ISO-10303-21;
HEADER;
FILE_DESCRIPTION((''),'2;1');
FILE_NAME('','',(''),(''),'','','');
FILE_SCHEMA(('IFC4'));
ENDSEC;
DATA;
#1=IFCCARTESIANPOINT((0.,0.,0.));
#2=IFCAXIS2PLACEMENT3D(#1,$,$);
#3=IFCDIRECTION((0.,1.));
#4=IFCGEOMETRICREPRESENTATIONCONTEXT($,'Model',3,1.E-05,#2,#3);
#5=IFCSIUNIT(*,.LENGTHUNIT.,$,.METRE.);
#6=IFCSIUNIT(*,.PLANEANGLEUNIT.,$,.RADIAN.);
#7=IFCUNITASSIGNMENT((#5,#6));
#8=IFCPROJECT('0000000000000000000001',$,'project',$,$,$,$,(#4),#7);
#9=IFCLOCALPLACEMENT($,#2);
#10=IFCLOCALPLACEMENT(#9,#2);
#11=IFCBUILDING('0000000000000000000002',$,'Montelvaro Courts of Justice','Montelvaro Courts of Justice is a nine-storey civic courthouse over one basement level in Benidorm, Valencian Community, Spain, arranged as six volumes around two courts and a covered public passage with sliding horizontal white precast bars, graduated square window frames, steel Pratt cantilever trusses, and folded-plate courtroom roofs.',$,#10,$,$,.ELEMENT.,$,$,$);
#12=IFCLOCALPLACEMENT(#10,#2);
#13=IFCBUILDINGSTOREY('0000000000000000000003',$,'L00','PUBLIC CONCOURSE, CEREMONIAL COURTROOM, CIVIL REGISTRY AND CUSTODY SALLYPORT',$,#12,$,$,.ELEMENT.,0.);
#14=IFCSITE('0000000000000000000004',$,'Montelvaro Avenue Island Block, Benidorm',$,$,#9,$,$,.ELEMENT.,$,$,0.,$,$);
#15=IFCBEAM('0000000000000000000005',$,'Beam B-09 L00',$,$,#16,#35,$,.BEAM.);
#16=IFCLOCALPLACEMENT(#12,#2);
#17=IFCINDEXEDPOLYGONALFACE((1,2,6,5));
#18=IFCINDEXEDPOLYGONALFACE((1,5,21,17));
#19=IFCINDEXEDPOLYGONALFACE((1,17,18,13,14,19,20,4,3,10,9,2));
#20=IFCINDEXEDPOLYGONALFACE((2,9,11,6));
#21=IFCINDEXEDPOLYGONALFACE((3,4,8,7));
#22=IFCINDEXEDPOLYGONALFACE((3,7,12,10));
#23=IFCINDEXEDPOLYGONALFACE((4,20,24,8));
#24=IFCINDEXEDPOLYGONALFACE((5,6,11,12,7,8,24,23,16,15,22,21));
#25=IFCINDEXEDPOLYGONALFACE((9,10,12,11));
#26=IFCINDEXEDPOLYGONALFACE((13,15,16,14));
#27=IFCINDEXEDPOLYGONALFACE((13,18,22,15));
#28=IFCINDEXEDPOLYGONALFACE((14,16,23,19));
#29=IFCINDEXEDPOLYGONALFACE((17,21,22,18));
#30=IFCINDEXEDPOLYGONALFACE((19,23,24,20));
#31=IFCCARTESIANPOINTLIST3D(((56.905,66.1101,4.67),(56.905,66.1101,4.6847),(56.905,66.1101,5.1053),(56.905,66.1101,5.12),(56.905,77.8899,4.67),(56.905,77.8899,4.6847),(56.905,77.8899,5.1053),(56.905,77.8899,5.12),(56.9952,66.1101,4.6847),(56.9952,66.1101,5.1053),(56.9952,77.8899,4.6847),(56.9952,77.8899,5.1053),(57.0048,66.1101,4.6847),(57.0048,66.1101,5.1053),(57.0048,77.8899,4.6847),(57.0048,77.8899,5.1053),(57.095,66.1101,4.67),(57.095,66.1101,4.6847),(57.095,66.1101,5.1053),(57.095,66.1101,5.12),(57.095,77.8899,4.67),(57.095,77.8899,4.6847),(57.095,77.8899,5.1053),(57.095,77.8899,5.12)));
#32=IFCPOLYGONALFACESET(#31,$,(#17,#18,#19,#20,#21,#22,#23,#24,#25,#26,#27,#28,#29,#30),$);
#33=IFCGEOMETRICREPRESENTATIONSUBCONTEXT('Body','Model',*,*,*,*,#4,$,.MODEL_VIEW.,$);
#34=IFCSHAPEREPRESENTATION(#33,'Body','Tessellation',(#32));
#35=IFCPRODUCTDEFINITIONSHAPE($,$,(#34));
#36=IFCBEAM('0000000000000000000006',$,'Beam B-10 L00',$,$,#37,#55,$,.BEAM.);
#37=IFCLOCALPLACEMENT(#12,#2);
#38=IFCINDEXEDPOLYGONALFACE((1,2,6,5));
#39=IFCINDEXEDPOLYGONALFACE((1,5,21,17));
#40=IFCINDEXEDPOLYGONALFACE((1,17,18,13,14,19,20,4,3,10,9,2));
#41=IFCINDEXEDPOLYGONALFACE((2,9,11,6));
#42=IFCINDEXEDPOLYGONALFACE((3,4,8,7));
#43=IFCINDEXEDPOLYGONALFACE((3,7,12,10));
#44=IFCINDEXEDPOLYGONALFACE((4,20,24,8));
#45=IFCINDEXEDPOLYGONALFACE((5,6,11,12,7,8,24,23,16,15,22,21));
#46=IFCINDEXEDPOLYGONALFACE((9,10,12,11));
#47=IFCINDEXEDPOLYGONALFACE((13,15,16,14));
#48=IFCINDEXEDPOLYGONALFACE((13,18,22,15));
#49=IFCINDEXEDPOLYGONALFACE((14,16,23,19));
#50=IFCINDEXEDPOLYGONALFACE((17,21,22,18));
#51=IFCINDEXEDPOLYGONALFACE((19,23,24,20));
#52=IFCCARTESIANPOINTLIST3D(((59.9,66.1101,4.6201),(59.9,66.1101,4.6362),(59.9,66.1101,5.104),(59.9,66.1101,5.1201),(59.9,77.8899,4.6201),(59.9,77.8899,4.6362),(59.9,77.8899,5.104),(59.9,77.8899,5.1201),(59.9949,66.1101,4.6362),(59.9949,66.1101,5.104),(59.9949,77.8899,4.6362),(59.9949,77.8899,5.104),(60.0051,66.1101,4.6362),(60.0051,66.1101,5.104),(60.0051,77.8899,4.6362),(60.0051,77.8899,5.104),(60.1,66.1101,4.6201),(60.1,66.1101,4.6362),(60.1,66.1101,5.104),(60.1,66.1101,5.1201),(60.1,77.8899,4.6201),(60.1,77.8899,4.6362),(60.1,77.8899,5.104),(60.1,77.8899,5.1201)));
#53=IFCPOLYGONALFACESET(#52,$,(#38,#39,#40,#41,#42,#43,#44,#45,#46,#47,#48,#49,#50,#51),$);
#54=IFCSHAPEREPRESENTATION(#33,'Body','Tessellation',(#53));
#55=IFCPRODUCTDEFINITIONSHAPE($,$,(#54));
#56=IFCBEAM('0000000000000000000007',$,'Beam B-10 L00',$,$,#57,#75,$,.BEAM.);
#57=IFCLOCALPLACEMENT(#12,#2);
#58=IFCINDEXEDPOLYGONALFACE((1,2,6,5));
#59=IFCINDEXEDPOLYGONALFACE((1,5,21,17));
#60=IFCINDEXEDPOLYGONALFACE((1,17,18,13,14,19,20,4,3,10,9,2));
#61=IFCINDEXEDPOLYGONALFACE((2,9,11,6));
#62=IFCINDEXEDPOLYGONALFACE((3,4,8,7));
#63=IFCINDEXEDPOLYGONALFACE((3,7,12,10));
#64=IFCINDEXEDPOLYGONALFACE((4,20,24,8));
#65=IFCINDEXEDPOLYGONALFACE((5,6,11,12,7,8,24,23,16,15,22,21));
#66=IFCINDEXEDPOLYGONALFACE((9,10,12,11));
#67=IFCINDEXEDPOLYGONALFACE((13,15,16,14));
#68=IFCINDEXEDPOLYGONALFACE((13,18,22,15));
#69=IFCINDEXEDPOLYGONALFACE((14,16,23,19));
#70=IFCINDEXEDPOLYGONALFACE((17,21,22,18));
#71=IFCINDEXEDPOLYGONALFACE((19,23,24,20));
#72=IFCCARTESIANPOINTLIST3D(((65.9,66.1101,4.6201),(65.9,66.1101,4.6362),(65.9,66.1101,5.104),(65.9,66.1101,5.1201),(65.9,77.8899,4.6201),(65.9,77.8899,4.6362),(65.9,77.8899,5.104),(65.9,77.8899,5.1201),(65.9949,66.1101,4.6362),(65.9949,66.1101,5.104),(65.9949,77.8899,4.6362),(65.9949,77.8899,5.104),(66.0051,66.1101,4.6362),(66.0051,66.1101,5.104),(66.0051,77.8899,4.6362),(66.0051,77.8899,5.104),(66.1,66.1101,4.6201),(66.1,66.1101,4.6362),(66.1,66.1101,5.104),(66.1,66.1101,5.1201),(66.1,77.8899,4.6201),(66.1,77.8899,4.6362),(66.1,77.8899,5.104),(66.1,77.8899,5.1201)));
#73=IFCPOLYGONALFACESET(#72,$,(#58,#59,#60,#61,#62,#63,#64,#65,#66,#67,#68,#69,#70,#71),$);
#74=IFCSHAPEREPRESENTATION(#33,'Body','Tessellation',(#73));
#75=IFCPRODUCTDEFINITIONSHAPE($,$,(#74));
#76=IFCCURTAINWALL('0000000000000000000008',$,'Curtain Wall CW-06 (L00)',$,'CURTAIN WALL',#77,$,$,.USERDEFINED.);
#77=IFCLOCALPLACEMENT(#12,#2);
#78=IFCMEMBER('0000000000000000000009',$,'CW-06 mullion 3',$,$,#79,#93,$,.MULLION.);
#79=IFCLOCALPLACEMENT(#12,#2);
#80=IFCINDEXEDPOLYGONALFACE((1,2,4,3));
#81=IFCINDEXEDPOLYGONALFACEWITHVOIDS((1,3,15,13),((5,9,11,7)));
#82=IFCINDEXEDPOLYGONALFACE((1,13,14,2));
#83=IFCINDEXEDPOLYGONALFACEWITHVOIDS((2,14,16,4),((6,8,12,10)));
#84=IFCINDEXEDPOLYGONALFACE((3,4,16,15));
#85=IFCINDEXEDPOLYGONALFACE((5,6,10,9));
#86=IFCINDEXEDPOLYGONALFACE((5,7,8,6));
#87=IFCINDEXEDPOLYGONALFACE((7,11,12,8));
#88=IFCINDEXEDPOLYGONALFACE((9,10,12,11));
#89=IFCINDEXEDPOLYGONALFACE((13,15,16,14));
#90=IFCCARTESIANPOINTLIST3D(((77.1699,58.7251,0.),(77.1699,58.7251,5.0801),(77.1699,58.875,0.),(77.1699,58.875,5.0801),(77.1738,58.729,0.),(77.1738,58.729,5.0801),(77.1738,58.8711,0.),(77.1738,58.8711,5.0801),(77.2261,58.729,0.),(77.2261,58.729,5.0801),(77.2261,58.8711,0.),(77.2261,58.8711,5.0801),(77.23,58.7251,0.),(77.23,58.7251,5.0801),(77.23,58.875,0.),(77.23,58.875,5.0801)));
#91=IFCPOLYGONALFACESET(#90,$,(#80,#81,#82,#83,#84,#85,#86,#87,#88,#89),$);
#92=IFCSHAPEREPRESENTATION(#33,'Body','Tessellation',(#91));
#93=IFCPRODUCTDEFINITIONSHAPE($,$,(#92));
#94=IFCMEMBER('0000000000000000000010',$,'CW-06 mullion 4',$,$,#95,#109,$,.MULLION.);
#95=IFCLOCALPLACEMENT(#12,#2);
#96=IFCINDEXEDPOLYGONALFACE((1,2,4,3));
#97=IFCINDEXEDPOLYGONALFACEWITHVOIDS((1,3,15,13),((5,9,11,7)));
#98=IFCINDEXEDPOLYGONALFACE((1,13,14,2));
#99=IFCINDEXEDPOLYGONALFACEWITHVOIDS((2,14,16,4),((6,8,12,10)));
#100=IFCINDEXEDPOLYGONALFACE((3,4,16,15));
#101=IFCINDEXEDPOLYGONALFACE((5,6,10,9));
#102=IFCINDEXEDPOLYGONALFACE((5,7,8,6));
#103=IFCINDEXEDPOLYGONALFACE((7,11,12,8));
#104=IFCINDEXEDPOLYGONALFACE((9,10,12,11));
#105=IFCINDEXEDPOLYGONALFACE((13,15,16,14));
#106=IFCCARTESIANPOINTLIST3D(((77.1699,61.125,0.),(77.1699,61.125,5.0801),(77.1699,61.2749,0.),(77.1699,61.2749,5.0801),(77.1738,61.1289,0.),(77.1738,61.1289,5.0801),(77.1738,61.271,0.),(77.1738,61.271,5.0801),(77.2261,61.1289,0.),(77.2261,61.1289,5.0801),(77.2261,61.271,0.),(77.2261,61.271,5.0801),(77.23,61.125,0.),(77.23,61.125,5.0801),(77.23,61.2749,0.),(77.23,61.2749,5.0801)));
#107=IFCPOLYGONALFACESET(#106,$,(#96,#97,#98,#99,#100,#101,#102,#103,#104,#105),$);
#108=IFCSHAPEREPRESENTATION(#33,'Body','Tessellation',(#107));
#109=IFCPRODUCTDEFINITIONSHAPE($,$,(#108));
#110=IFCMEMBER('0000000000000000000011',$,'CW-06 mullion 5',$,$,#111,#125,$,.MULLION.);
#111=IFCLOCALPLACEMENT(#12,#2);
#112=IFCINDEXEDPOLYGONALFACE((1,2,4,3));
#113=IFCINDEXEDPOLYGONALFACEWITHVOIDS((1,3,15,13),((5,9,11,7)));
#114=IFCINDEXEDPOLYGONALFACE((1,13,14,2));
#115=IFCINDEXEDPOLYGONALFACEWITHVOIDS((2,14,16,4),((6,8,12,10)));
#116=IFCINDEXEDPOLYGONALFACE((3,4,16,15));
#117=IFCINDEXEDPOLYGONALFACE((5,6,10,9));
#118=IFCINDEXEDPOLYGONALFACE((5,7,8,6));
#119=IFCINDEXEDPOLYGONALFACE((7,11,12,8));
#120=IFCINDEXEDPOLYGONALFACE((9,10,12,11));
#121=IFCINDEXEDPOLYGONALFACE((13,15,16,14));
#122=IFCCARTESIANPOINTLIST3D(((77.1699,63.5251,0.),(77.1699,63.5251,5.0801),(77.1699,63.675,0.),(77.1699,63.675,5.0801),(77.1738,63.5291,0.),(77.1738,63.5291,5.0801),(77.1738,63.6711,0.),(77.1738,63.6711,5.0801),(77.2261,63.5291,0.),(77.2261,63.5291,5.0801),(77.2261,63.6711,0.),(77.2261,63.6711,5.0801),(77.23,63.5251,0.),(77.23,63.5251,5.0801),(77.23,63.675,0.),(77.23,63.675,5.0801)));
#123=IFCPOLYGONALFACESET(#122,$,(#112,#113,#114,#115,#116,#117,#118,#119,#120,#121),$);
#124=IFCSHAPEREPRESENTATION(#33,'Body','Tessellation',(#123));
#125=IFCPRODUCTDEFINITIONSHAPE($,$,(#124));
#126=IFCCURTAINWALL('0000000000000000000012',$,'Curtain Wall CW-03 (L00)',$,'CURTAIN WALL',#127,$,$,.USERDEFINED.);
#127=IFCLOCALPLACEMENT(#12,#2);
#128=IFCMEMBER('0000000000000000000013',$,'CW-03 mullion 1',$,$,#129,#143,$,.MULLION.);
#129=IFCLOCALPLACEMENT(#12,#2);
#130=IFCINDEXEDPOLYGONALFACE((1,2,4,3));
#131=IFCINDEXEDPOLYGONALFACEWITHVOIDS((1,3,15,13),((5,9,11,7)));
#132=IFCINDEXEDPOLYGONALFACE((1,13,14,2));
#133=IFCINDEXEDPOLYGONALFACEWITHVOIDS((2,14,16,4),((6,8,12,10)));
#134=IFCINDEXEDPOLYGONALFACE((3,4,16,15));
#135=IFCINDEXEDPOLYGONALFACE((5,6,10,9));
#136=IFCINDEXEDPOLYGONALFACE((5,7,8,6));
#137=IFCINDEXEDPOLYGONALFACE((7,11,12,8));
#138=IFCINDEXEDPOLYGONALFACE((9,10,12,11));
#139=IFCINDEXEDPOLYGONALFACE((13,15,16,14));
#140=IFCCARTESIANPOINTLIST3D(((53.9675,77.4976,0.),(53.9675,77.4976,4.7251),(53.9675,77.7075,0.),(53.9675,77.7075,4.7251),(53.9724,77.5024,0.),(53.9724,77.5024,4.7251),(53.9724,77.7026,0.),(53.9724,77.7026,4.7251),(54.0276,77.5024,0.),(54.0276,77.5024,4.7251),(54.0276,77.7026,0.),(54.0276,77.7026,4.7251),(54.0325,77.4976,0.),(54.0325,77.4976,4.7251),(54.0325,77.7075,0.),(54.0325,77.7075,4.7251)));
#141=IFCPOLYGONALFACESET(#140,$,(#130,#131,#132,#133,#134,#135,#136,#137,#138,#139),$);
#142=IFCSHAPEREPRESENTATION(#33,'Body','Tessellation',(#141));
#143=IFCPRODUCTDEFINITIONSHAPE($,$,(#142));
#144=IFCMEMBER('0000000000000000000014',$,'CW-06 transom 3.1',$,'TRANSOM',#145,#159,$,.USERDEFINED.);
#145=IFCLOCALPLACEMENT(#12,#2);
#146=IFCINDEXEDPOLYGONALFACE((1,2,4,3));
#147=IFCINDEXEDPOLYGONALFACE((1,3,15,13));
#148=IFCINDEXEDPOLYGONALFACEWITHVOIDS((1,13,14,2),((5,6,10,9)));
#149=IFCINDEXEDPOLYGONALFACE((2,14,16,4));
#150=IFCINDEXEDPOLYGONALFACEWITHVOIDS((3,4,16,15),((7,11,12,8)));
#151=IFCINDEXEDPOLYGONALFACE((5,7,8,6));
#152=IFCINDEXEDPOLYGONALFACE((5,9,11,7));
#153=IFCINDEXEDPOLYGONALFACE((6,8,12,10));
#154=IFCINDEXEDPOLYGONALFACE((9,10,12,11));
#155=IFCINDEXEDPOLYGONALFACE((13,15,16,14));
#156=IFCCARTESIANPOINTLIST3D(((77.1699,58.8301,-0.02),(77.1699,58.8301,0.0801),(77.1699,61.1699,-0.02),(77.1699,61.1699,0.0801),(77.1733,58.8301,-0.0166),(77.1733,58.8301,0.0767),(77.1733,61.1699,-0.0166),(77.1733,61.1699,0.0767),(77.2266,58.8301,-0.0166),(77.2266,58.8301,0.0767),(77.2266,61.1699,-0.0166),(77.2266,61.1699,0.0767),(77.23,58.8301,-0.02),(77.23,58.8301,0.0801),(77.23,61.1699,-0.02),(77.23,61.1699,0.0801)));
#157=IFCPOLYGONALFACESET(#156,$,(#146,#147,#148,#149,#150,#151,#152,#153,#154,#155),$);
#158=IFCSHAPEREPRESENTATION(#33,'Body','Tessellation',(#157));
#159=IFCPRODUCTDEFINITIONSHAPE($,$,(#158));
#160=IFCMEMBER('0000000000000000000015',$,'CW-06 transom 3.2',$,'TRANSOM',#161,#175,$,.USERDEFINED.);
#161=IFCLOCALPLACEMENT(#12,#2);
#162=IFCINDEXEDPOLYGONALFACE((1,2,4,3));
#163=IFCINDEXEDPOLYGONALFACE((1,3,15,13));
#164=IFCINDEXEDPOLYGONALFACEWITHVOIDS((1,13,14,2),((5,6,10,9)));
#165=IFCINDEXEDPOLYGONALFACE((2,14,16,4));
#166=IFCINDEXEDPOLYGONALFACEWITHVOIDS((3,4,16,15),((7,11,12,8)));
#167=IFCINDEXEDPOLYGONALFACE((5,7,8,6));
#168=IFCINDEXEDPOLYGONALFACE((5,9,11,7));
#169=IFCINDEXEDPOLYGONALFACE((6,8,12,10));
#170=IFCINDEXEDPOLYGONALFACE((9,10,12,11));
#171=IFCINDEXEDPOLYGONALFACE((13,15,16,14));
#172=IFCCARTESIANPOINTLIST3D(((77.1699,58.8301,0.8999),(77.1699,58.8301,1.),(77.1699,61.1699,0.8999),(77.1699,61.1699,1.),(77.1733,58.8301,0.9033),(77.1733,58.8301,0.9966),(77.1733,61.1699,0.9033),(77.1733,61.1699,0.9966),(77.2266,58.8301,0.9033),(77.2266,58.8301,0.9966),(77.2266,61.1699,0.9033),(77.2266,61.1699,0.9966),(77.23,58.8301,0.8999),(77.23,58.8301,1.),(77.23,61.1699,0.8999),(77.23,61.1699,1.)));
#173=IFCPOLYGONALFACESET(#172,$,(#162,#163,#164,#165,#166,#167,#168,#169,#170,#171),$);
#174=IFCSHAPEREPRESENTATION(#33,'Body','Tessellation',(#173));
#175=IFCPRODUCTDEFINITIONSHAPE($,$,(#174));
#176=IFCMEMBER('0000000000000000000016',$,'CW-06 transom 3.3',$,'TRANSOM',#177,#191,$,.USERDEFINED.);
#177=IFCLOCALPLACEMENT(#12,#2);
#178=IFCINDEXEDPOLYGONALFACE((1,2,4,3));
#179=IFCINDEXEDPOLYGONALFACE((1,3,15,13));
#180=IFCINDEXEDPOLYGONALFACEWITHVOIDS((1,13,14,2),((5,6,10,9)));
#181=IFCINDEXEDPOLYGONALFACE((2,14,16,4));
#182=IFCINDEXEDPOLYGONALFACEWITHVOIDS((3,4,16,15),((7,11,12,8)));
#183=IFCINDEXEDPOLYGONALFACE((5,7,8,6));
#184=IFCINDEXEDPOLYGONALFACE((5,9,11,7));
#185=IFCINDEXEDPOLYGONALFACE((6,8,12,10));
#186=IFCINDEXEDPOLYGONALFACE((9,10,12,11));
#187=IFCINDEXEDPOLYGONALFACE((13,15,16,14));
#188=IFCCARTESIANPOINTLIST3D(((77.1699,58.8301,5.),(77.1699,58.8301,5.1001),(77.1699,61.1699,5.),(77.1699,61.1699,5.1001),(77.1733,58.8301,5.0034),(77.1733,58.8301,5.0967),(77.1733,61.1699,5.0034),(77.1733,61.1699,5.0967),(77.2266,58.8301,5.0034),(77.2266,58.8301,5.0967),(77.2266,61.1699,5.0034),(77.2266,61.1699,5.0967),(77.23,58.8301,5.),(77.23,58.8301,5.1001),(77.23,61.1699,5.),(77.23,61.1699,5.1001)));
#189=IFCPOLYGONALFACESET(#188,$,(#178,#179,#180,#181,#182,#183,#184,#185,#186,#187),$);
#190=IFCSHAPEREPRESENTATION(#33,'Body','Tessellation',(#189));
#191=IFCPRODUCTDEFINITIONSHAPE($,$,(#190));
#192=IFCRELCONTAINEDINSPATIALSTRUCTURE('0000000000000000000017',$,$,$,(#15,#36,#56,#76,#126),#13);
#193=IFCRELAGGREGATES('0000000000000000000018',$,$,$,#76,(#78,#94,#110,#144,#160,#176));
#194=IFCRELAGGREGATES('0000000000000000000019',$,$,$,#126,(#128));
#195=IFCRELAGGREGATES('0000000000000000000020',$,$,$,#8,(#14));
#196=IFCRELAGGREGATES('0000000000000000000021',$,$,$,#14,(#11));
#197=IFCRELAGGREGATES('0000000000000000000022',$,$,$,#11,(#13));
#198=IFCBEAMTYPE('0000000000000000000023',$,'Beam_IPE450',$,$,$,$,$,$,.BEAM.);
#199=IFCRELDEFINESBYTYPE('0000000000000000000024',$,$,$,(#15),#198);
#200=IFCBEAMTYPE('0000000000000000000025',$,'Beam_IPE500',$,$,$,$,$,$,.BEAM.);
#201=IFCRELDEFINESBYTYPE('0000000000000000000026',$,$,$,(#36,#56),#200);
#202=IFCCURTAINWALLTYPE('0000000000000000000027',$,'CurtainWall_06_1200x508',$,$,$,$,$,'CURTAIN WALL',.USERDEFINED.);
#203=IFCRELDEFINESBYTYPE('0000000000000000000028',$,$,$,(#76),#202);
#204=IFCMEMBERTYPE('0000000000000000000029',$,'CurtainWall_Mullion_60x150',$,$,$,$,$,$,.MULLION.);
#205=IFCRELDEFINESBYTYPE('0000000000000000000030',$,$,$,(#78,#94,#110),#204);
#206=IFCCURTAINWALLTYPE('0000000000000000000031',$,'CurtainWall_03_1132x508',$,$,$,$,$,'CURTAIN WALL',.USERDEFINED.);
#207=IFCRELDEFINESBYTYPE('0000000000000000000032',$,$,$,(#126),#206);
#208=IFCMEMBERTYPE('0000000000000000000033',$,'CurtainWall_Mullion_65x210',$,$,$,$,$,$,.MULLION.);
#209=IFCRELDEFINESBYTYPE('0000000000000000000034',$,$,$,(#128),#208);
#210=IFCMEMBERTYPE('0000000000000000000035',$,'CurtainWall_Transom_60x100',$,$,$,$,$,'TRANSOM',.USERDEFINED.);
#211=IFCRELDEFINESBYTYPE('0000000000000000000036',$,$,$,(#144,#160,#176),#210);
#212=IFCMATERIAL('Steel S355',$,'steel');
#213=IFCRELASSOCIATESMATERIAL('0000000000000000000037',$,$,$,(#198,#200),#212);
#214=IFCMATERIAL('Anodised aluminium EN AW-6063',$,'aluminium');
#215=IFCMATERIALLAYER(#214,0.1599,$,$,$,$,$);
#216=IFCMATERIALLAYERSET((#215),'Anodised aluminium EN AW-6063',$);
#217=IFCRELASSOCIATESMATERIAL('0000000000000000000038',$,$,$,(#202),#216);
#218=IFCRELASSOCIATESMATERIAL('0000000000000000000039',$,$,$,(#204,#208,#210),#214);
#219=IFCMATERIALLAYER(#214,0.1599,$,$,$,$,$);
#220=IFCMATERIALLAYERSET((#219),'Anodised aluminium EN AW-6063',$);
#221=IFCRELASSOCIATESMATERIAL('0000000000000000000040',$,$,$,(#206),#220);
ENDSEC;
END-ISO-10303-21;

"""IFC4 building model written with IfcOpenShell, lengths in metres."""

from ifc_helpers import new_model, si_unit, direction, frame, origin, origin_2d, place, context, subcontext, project, spatial, hollow_rectangle, i_section, extrude, material, layer, layer_set, material_profile, profile_set, type_object, element, aggregate, save


model = new_model("IFC4")

# Units and contexts
model_context = context("Model", 3, precision=1e-05, world=origin(), true_north=direction((0.0, 1.0)))
body_context = subcontext(model_context, "Body", "Model", "MODEL_VIEW")
ifc_project = project(units=[si_unit("LENGTHUNIT", "METRE"), si_unit("PLANEANGLEUNIT", "RADIAN")], contexts=[model_context])

# Site, building, storey
site_placement = place(None, origin())
site = spatial("IfcSite", under=ifc_project, at=site_placement, Name="Montelvaro Avenue Island Block, Benidorm", CompositionType="ELEMENT", RefElevation=0.0)
building_placement = place(site_placement, origin())
building = spatial("IfcBuilding", under=site, at=building_placement, Name="Montelvaro Courts of Justice", Description="Montelvaro Courts of Justice is a nine-storey civic courthouse over one basement level in Benidorm, Valencian Community, Spain, arranged as six volumes around two courts and a covered public passage with sliding horizontal white precast bars, graduated square window frames, steel Pratt cantilever trusses, and folded-plate courtroom roofs.", CompositionType="ELEMENT")
storey_placement = place(building_placement, origin())
storey = spatial("IfcBuildingStorey", under=building, at=storey_placement, Name="L00", Description="PUBLIC CONCOURSE, CEREMONIAL COURTROOM, CIVIL REGISTRY AND CUSTODY SALLYPORT", CompositionType="ELEMENT", Elevation=0.0)

# Shared definitions
ifc_material_1 = material(Name="Steel S355", Category="steel")

# Beams
ifc_material_profile_1 = material_profile(ifc_material_1, i_section(OverallWidth=0.1899, OverallDepth=0.45, WebThickness=0.0095, FlangeThickness=0.0146, at=origin_2d()), Name="IPE 450")
ifc_profile_set_1 = profile_set([ifc_material_profile_1], Name="Steel S355")
beam_type_1 = type_object("IfcBeamType", Name="Beam_IPE450", PredefinedType="BEAM", material=ifc_profile_set_1)
beam_1_placement = place(storey_placement, frame((57.0, 66.1101, 4.895), z_axis=(0.0, 1.0, 0.0), x_axis=(-1.0, 0.0, 0.0)))
element("IfcBeam", 1, at=beam_1_placement, inside=storey, type_object=beam_type_1, Name="Beam B-09 L00", PredefinedType="BEAM", context=body_context, shape_type="SweptSolid", body=[
    extrude(i_section(OverallWidth=0.1899, OverallDepth=0.45, WebThickness=0.0095, FlangeThickness=0.0146, at=origin_2d()), origin(), (0.0, 0.0, 1.0), 11.7798),
])
ifc_material_profile_2 = material_profile(ifc_material_1, i_section(OverallWidth=0.2, OverallDepth=0.5, WebThickness=0.0103, FlangeThickness=0.0161, at=origin_2d()), Name="IPE 500")
ifc_profile_set_2 = profile_set([ifc_material_profile_2], Name="Steel S355")
beam_type_2 = type_object("IfcBeamType", Name="Beam_IPE500", PredefinedType="BEAM", material=ifc_profile_set_2)
for number, where, z_axis, x_axis, name in (
    (2, (60.0, 66.1101, 4.8701), (0.0, 1.0, 0.0), (-1.0, 0.0, 0.0), "Beam B-10 L00"),
    (3, (66.0, 66.1101, 4.8701), (0.0, 1.0, 0.0), (-1.0, 0.0, 0.0), "Beam B-10 L00"),
):
    element("IfcBeam", number, at=place(storey_placement, frame(where, z_axis=z_axis, x_axis=x_axis)), inside=storey, type_object=beam_type_2, Name=name, PredefinedType="BEAM", context=body_context, shape_type="SweptSolid", body=[
        extrude(i_section(OverallWidth=0.2, OverallDepth=0.5, WebThickness=0.0103, FlangeThickness=0.0161, at=origin_2d()), origin(), (0.0, 0.0, 1.0), 11.7798),
    ])

# Curtain wall, members
ifc_material_2 = material(Name="Anodised aluminium EN AW-6063", Category="aluminium")
ifc_layer_1 = layer(ifc_material_2, 0.1599)
ifc_layer_set_1 = layer_set([ifc_layer_1], Name="Anodised aluminium EN AW-6063")
curtain_wall_type_1 = type_object("IfcCurtainWallType", Name="CurtainWall_06_1200x508", ElementType="CURTAIN WALL", PredefinedType="USERDEFINED", material=ifc_layer_set_1)
curtain_wall_1_placement = place(storey_placement, origin())
curtain_wall_1 = element("IfcCurtainWall", 4, at=curtain_wall_1_placement, inside=storey, type_object=curtain_wall_type_1, Name="Curtain Wall CW-06 (L00)", ObjectType="CURTAIN WALL", PredefinedType="USERDEFINED")
ifc_material_profile_3 = material_profile(ifc_material_2, hollow_rectangle(XDim=0.0601, YDim=0.1499, WallThickness=0.0039, at=origin_2d()), Name="ALU-M 60x150")
ifc_profile_set_3 = profile_set([ifc_material_profile_3], Name="Anodised aluminium EN AW-6063")
member_type_1 = type_object("IfcMemberType", Name="CurtainWall_Mullion_60x150", PredefinedType="MULLION", material=ifc_profile_set_3)
member_1_placement = place(storey_placement, frame((77.2, 58.8, 0.0), z_axis=(0.0, 0.0, 1.0), x_axis=(-1.0, 0.0, 0.0)))
member_1 = element("IfcMember", 5, at=member_1_placement, type_object=member_type_1, Name="CW-06 mullion 3", PredefinedType="MULLION", context=body_context, shape_type="SweptSolid", body=[
    extrude(hollow_rectangle(XDim=0.0601, YDim=0.1499, WallThickness=0.0039, at=origin_2d()), origin(), (0.0, 0.0, 1.0), 5.0801),
])
member_2_placement = place(storey_placement, frame((77.2, 61.2, 0.0), z_axis=(0.0, 0.0, 1.0), x_axis=(-1.0, 0.0, 0.0)))
member_2 = element("IfcMember", 6, at=member_2_placement, type_object=member_type_1, Name="CW-06 mullion 4", PredefinedType="MULLION", context=body_context, shape_type="SweptSolid", body=[
    extrude(hollow_rectangle(XDim=0.0601, YDim=0.1499, WallThickness=0.0039, at=origin_2d()), origin(), (0.0, 0.0, 1.0), 5.0801),
])
member_3_placement = place(storey_placement, frame((77.2, 63.6001, 0.0), z_axis=(0.0, 0.0, 1.0), x_axis=(-1.0, 0.0, 0.0)))
member_3 = element("IfcMember", 7, at=member_3_placement, type_object=member_type_1, Name="CW-06 mullion 5", PredefinedType="MULLION", context=body_context, shape_type="SweptSolid", body=[
    extrude(hollow_rectangle(XDim=0.0601, YDim=0.1499, WallThickness=0.0039, at=origin_2d()), origin(), (0.0, 0.0, 1.0), 5.0801),
])

# Curtain wall, member
ifc_layer_2 = layer(ifc_material_2, 0.1599)
ifc_layer_set_2 = layer_set([ifc_layer_2], Name="Anodised aluminium EN AW-6063")
curtain_wall_type_2 = type_object("IfcCurtainWallType", Name="CurtainWall_03_1132x508", ElementType="CURTAIN WALL", PredefinedType="USERDEFINED", material=ifc_layer_set_2)
curtain_wall_2_placement = place(storey_placement, origin())
curtain_wall_2 = element("IfcCurtainWall", 8, at=curtain_wall_2_placement, inside=storey, type_object=curtain_wall_type_2, Name="Curtain Wall CW-03 (L00)", ObjectType="CURTAIN WALL", PredefinedType="USERDEFINED")
ifc_material_profile_4 = material_profile(ifc_material_2, hollow_rectangle(XDim=0.0649, YDim=0.21, WallThickness=0.0049, at=origin_2d()), Name="ALU-M 65x210")
ifc_profile_set_4 = profile_set([ifc_material_profile_4], Name="Anodised aluminium EN AW-6063")
member_type_2 = type_object("IfcMemberType", Name="CurtainWall_Mullion_65x210", PredefinedType="MULLION", material=ifc_profile_set_4)
member_4_placement = place(storey_placement, frame((54.0, 77.6025, 0.0), z_axis=(0.0, 0.0, 1.0), x_axis=(1.0, 0.0, 0.0)))
member_4 = element("IfcMember", 9, at=member_4_placement, type_object=member_type_2, Name="CW-03 mullion 1", PredefinedType="MULLION", context=body_context, shape_type="SweptSolid", body=[
    extrude(hollow_rectangle(XDim=0.0649, YDim=0.21, WallThickness=0.0049, at=origin_2d()), origin(), (0.0, 0.0, 1.0), 4.7251),
])

# Members
ifc_material_profile_5 = material_profile(ifc_material_2, hollow_rectangle(XDim=0.0601, YDim=0.1001, WallThickness=0.0034, at=origin_2d()), Name="ALU-T 60x100")
ifc_profile_set_5 = profile_set([ifc_material_profile_5], Name="Anodised aluminium EN AW-6063")
member_type_3 = type_object("IfcMemberType", Name="CurtainWall_Transom_60x100", ElementType="TRANSOM", PredefinedType="USERDEFINED", material=ifc_profile_set_5)
member_5_placement = place(storey_placement, frame((77.2, 58.8301, 0.03), z_axis=(0.0, 1.0, 0.0), x_axis=(-1.0, 0.0, 0.0)))
member_5 = element("IfcMember", 10, at=member_5_placement, type_object=member_type_3, Name="CW-06 transom 3.1", ObjectType="TRANSOM", PredefinedType="USERDEFINED", context=body_context, shape_type="SweptSolid", body=[
    extrude(hollow_rectangle(XDim=0.0601, YDim=0.1001, WallThickness=0.0034, at=origin_2d()), origin(), (0.0, 0.0, 1.0), 2.3398),
])
member_6_placement = place(storey_placement, frame((77.2, 58.8301, 0.95), z_axis=(0.0, 1.0, 0.0), x_axis=(-1.0, 0.0, 0.0)))
member_6 = element("IfcMember", 11, at=member_6_placement, type_object=member_type_3, Name="CW-06 transom 3.2", ObjectType="TRANSOM", PredefinedType="USERDEFINED", context=body_context, shape_type="SweptSolid", body=[
    extrude(hollow_rectangle(XDim=0.0601, YDim=0.1001, WallThickness=0.0034, at=origin_2d()), origin(), (0.0, 0.0, 1.0), 2.3398),
])
member_7_placement = place(storey_placement, frame((77.2, 58.8301, 5.05), z_axis=(0.0, 1.0, 0.0), x_axis=(-1.0, 0.0, 0.0)))
member_7 = element("IfcMember", 12, at=member_7_placement, type_object=member_type_3, Name="CW-06 transom 3.3", ObjectType="TRANSOM", PredefinedType="USERDEFINED", context=body_context, shape_type="SweptSolid", body=[
    extrude(hollow_rectangle(XDim=0.0601, YDim=0.1001, WallThickness=0.0034, at=origin_2d()), origin(), (0.0, 0.0, 1.0), 2.3398),
])

aggregate(curtain_wall_1, [member_1, member_2, member_3, member_5, member_6, member_7])
aggregate(curtain_wall_2, [member_4])

save(model, "model.ifc")
